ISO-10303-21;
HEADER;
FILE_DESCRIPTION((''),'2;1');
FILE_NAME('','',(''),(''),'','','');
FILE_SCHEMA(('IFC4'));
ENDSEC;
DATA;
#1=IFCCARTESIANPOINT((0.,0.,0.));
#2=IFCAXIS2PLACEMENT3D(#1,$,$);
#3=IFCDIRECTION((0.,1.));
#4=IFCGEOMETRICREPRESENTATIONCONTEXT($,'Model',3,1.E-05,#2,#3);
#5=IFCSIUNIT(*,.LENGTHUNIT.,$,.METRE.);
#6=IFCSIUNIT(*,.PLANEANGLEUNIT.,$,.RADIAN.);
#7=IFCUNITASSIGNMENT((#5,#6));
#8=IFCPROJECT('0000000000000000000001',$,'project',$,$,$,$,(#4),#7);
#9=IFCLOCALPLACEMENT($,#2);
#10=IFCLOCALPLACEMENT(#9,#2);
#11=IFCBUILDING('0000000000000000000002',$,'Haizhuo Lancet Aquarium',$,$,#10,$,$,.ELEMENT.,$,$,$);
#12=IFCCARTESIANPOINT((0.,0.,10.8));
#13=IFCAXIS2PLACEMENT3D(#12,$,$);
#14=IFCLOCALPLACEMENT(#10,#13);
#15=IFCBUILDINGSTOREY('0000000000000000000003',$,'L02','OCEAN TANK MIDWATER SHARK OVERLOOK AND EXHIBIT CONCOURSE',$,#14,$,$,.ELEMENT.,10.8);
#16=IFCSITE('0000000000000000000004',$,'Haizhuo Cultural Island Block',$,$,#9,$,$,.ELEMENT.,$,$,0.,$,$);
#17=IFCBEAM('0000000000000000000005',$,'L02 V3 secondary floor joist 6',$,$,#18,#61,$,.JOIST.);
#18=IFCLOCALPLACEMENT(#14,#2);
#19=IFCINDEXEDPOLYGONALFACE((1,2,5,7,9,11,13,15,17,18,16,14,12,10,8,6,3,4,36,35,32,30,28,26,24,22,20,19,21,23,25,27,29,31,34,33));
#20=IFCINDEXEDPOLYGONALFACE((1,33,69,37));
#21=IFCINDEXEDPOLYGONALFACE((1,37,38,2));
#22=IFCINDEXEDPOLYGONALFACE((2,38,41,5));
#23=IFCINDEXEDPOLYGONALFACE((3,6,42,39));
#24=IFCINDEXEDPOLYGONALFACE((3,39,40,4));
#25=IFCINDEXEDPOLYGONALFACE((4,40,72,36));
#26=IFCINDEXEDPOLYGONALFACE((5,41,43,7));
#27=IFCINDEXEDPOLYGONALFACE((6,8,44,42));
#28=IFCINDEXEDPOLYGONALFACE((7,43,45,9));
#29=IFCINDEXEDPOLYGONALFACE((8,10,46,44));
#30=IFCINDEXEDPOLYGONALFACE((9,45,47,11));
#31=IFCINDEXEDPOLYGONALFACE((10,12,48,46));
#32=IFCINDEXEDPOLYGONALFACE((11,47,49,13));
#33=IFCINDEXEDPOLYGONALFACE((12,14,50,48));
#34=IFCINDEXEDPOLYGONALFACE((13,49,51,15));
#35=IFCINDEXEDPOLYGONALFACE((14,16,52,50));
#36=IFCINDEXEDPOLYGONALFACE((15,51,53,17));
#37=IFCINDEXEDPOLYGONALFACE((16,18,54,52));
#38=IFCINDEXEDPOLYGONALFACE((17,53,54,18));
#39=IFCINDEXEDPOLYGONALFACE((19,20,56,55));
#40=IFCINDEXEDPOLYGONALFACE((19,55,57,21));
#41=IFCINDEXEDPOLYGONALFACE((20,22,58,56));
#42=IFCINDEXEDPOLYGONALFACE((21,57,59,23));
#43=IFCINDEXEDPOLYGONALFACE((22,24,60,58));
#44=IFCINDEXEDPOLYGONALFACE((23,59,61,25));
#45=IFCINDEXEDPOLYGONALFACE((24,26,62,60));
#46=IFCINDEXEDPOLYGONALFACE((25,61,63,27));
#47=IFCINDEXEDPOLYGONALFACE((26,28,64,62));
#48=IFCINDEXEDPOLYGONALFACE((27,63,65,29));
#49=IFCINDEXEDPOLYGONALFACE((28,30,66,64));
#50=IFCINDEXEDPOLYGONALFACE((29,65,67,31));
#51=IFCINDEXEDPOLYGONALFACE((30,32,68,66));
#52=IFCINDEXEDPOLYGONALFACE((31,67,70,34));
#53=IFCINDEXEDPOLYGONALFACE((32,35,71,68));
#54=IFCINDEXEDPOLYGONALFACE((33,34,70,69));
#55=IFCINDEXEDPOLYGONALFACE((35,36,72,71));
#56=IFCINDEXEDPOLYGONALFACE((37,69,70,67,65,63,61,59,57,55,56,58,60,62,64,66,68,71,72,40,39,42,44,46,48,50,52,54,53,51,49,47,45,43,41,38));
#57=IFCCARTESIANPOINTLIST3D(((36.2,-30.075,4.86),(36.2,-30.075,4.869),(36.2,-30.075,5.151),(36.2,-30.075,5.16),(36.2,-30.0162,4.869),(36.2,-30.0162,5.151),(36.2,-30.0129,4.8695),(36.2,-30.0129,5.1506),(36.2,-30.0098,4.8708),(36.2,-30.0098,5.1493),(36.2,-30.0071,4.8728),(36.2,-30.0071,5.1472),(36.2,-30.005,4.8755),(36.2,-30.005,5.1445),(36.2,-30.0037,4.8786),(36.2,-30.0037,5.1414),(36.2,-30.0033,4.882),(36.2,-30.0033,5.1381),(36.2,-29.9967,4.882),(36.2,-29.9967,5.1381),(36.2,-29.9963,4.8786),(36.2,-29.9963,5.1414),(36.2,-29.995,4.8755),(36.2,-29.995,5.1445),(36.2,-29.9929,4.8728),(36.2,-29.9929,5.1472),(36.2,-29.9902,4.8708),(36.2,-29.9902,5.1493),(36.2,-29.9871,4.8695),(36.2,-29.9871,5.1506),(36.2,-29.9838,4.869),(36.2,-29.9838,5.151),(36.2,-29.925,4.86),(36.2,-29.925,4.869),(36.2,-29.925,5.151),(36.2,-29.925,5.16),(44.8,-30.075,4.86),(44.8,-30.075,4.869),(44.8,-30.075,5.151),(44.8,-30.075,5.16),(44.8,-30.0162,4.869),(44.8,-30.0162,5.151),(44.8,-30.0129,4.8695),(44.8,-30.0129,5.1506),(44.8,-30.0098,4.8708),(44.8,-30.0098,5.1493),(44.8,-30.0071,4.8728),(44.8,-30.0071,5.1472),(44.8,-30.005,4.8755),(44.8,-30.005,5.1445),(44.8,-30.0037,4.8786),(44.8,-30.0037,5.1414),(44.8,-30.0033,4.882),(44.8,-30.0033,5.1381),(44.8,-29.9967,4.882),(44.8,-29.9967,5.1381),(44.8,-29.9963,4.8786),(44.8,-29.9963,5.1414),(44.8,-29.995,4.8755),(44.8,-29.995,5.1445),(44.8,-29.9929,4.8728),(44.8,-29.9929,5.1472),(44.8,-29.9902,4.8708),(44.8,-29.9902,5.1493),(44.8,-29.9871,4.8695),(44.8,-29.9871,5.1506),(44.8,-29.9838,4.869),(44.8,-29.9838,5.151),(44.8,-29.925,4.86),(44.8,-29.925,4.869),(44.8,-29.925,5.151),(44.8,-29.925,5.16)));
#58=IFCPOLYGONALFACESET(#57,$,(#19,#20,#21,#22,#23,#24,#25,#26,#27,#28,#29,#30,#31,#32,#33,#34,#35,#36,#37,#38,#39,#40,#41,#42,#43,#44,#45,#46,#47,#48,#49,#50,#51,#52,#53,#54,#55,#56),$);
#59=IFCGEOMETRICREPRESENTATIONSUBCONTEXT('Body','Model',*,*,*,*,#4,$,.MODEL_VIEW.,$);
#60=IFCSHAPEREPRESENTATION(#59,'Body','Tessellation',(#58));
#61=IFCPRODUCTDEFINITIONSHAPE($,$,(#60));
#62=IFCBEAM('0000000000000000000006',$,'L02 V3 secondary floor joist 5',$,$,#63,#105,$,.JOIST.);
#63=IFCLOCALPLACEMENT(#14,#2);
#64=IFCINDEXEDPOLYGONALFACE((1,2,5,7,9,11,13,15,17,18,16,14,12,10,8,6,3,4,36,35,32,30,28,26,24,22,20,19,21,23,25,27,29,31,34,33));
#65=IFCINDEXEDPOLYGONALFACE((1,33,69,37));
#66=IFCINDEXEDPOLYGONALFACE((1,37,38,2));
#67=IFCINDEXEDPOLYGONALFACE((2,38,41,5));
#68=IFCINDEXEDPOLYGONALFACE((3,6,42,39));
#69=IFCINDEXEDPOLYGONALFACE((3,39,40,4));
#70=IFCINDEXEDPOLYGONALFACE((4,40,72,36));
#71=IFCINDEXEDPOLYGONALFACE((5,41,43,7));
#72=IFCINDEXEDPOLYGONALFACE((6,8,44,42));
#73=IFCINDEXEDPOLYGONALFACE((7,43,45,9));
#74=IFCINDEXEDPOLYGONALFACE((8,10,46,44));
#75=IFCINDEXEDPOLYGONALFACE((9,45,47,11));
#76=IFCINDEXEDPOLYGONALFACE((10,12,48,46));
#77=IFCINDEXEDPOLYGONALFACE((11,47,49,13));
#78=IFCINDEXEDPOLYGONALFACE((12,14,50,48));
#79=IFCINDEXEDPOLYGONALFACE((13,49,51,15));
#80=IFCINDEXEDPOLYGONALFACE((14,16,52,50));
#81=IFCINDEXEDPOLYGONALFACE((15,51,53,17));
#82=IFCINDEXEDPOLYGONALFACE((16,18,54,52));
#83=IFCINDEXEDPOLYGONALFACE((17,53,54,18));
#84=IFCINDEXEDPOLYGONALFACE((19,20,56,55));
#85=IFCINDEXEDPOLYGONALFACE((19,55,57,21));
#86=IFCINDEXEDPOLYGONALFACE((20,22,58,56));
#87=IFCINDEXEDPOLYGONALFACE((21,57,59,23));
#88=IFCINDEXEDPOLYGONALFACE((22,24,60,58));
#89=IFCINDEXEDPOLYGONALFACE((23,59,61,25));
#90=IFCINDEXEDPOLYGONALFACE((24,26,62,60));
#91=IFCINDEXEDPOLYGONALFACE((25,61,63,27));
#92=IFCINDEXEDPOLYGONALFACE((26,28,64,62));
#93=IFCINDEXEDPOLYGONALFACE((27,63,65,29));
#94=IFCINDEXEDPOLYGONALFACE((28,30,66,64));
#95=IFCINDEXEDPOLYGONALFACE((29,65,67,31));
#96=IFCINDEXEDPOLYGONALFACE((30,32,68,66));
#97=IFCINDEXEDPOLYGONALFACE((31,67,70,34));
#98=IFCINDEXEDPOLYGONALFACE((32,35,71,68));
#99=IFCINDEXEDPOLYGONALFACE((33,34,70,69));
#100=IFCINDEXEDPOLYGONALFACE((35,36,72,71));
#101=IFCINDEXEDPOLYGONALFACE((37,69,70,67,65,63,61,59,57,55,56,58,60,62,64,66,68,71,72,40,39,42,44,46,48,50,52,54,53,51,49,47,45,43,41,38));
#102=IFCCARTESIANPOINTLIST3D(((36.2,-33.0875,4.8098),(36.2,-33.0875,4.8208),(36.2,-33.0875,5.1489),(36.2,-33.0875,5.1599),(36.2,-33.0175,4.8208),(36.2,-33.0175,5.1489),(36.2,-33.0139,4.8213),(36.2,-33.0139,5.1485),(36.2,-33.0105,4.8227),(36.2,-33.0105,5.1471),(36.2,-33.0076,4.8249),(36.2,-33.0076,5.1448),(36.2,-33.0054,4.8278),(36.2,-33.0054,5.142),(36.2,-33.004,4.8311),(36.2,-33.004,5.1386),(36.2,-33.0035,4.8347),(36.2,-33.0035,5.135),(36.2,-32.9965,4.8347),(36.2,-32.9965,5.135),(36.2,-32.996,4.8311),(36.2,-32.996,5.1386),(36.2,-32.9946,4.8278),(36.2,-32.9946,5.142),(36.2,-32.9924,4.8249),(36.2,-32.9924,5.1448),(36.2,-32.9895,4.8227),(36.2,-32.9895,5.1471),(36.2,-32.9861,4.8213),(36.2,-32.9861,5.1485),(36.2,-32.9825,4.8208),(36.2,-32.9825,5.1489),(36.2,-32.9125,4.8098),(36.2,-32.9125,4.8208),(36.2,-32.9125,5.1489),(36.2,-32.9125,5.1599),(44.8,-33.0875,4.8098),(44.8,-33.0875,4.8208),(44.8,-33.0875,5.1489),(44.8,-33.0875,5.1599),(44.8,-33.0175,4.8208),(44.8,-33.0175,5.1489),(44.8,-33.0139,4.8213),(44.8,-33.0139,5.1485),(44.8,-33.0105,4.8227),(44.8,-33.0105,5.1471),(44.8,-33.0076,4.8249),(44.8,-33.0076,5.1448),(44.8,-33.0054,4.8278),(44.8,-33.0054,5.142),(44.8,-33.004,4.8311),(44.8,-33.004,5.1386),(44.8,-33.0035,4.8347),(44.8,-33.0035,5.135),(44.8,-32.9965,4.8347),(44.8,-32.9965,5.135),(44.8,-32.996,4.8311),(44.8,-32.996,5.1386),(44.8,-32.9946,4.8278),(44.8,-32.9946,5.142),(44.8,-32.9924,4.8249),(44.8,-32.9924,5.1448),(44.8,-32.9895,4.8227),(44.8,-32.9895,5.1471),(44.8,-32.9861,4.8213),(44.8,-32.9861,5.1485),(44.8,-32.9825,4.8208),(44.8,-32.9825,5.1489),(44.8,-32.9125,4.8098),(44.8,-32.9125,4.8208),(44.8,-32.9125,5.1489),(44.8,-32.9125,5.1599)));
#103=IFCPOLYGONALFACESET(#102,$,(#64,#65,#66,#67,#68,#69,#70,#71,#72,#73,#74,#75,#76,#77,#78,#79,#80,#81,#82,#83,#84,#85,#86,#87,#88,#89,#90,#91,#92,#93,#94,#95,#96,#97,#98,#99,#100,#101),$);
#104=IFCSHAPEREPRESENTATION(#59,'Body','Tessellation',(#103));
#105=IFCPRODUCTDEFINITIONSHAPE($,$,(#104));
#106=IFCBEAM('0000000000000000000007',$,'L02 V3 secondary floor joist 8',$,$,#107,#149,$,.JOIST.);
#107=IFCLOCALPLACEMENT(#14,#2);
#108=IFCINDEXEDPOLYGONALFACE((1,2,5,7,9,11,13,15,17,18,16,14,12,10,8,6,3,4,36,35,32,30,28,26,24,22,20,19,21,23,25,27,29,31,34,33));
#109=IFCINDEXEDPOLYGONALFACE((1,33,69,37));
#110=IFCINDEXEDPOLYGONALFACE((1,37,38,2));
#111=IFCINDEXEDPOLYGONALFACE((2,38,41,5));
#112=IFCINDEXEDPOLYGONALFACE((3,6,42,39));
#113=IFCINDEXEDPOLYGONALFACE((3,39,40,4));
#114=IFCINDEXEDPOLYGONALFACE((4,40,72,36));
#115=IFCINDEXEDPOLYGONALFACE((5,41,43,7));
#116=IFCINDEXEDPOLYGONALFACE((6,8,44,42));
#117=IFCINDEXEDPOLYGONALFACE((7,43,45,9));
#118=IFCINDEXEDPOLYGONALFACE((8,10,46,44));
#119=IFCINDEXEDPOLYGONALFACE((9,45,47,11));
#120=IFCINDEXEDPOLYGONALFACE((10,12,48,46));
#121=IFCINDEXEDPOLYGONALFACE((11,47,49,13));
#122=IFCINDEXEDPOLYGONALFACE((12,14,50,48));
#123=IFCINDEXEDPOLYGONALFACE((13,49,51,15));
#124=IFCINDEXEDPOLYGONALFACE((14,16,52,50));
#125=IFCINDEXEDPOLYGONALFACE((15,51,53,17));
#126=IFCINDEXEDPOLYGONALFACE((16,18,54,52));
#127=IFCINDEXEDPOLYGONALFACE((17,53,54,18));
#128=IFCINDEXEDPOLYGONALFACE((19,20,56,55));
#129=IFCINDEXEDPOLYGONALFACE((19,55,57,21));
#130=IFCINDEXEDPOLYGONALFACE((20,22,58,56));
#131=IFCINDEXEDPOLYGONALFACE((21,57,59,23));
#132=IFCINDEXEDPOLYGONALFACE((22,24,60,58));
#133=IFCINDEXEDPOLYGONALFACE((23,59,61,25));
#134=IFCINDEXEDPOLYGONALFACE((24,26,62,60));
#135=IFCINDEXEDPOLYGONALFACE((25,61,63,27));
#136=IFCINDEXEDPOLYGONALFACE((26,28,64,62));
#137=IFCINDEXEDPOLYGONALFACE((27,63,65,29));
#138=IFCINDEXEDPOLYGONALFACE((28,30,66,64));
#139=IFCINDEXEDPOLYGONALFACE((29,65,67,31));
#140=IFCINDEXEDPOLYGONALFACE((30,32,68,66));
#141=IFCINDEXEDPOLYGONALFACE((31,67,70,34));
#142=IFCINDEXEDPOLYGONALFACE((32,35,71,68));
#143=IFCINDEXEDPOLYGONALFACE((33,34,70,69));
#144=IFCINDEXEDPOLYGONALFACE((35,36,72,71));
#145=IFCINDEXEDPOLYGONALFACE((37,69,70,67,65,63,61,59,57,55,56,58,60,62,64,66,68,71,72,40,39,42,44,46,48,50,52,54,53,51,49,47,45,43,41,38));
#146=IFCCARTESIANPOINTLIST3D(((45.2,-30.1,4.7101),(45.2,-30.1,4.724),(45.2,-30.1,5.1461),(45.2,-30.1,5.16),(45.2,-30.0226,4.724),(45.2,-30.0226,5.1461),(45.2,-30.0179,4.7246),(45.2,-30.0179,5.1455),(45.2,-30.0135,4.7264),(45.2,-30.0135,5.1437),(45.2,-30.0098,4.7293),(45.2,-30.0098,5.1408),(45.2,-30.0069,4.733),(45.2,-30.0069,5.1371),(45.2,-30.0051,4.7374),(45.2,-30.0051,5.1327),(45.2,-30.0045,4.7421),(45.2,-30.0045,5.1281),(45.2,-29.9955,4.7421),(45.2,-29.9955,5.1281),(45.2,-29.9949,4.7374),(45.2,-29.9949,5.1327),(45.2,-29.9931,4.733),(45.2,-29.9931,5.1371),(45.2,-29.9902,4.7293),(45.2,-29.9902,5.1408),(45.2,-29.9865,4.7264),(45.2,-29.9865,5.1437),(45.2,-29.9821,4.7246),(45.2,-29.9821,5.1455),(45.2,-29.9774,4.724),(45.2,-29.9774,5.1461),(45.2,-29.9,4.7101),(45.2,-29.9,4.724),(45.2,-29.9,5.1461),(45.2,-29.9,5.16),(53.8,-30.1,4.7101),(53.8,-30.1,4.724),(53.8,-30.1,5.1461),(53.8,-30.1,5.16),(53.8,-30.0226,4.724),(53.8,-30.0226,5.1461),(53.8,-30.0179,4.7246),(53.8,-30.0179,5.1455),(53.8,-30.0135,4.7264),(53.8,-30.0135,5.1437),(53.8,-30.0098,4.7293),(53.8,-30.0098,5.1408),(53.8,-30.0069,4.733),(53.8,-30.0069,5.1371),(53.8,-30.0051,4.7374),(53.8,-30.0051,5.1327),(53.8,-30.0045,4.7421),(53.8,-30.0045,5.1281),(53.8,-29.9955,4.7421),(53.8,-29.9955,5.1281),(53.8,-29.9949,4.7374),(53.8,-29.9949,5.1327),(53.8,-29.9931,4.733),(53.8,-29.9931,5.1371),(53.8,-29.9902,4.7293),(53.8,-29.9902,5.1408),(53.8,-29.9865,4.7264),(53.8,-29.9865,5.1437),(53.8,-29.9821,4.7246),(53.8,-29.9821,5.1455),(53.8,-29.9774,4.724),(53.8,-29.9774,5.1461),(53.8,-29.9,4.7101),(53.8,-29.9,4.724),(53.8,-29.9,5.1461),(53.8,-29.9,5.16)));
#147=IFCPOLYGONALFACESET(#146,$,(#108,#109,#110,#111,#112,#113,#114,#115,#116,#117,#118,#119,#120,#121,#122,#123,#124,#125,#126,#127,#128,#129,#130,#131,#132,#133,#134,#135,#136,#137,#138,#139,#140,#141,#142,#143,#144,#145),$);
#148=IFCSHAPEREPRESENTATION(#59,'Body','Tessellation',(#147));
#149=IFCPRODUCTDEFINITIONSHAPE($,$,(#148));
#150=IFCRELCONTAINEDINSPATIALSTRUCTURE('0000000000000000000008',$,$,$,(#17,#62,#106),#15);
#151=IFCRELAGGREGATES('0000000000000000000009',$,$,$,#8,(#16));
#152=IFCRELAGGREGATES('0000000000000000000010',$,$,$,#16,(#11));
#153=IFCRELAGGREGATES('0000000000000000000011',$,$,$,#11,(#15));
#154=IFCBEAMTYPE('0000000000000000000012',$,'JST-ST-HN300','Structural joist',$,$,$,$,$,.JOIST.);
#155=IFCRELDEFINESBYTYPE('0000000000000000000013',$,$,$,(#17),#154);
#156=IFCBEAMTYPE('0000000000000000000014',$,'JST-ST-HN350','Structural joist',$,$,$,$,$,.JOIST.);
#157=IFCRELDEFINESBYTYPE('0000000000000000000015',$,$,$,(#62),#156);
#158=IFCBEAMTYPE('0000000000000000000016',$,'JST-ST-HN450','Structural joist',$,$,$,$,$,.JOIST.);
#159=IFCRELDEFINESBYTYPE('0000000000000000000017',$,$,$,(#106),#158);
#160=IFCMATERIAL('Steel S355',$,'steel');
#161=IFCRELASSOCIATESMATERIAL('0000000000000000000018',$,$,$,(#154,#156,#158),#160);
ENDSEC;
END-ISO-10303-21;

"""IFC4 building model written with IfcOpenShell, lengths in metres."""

from ifc_helpers import new_model, si_unit, direction, frame, origin, origin_2d, place, context, subcontext, project, spatial, i_section, extrude, material, material_profile, profile_set, type_object, element, save


model = new_model("IFC4")

# Units and contexts
model_context = context("Model", 3, precision=1e-05, world=origin(), true_north=direction((0.0, 1.0)))
body_context = subcontext(model_context, "Body", "Model", "MODEL_VIEW")
ifc_project = project(units=[si_unit("LENGTHUNIT", "METRE"), si_unit("PLANEANGLEUNIT", "RADIAN")], contexts=[model_context])

# Site, building, storey
site_placement = place(None, origin())
site = spatial("IfcSite", under=ifc_project, at=site_placement, Name="Haizhuo Cultural Island Block", CompositionType="ELEMENT", RefElevation=0.0)
building_placement = place(site_placement, origin())
building = spatial("IfcBuilding", under=site, at=building_placement, Name="Haizhuo Lancet Aquarium", CompositionType="ELEMENT")
storey_placement = place(building_placement, frame((0.0, 0.0, 10.8)))
storey = spatial("IfcBuildingStorey", under=building, at=storey_placement, Name="L02", Description="OCEAN TANK MIDWATER SHARK OVERLOOK AND EXHIBIT CONCOURSE", CompositionType="ELEMENT", Elevation=10.8)

# Beams
ifc_material_1 = material(Name="Steel S355", Category="steel")
ifc_material_profile_1 = material_profile(ifc_material_1, i_section(OverallWidth=0.1499, OverallDepth=0.3, WebThickness=0.0066, FlangeThickness=0.009, FilletRadius=0.0129, at=origin_2d()), Name="HN 300x150x6.5x9")
ifc_profile_set_1 = profile_set([ifc_material_profile_1], Name="Steel S355")
beam_type_1 = type_object("IfcBeamType", Name="JST-ST-HN300", Description="Structural joist", PredefinedType="JOIST", material=ifc_profile_set_1)
beam_1_placement = place(storey_placement, frame((36.2, -30.0, 5.01), z_axis=(1.0, 0.0, 0.0), x_axis=(0.0, 1.0, 0.0)))
element("IfcBeam", 1, at=beam_1_placement, inside=storey, type_object=beam_type_1, Name="L02 V3 secondary floor joist 6", PredefinedType="JOIST", context=body_context, shape_type="SweptSolid", body=[
    extrude(i_section(OverallWidth=0.1499, OverallDepth=0.3, WebThickness=0.0066, FlangeThickness=0.009, FilletRadius=0.0129, at=origin_2d()), origin(), (0.0, 0.0, 1.0), 8.6001),
])
ifc_material_profile_2 = material_profile(ifc_material_1, i_section(OverallWidth=0.175, OverallDepth=0.3501, WebThickness=0.0071, FlangeThickness=0.011, FilletRadius=0.0139, at=origin_2d()), Name="HN 350x175x7x11")
ifc_profile_set_2 = profile_set([ifc_material_profile_2], Name="Steel S355")
beam_type_2 = type_object("IfcBeamType", Name="JST-ST-HN350", Description="Structural joist", PredefinedType="JOIST", material=ifc_profile_set_2)
beam_2_placement = place(storey_placement, frame((36.2, -33.0, 4.9849), z_axis=(1.0, 0.0, 0.0), x_axis=(0.0, 1.0, 0.0)))
element("IfcBeam", 2, at=beam_2_placement, inside=storey, type_object=beam_type_2, Name="L02 V3 secondary floor joist 5", PredefinedType="JOIST", context=body_context, shape_type="SweptSolid", body=[
    extrude(i_section(OverallWidth=0.175, OverallDepth=0.3501, WebThickness=0.0071, FlangeThickness=0.011, FilletRadius=0.0139, at=origin_2d()), origin(), (0.0, 0.0, 1.0), 8.6001),
])
ifc_material_profile_3 = material_profile(ifc_material_1, i_section(OverallWidth=0.2, OverallDepth=0.45, WebThickness=0.009, FlangeThickness=0.0139, FilletRadius=0.0181, at=origin_2d()), Name="HN 450x200x9x14")
ifc_profile_set_3 = profile_set([ifc_material_profile_3], Name="Steel S355")
beam_type_3 = type_object("IfcBeamType", Name="JST-ST-HN450", Description="Structural joist", PredefinedType="JOIST", material=ifc_profile_set_3)
beam_3_placement = place(storey_placement, frame((45.2, -30.0, 4.9351), z_axis=(1.0, 0.0, 0.0), x_axis=(0.0, 1.0, 0.0)))
element("IfcBeam", 3, at=beam_3_placement, inside=storey, type_object=beam_type_3, Name="L02 V3 secondary floor joist 8", PredefinedType="JOIST", context=body_context, shape_type="SweptSolid", body=[
    extrude(i_section(OverallWidth=0.2, OverallDepth=0.45, WebThickness=0.009, FlangeThickness=0.0139, FilletRadius=0.0181, at=origin_2d()), origin(), (0.0, 0.0, 1.0), 8.6001),
])

save(model, "model.ifc")
